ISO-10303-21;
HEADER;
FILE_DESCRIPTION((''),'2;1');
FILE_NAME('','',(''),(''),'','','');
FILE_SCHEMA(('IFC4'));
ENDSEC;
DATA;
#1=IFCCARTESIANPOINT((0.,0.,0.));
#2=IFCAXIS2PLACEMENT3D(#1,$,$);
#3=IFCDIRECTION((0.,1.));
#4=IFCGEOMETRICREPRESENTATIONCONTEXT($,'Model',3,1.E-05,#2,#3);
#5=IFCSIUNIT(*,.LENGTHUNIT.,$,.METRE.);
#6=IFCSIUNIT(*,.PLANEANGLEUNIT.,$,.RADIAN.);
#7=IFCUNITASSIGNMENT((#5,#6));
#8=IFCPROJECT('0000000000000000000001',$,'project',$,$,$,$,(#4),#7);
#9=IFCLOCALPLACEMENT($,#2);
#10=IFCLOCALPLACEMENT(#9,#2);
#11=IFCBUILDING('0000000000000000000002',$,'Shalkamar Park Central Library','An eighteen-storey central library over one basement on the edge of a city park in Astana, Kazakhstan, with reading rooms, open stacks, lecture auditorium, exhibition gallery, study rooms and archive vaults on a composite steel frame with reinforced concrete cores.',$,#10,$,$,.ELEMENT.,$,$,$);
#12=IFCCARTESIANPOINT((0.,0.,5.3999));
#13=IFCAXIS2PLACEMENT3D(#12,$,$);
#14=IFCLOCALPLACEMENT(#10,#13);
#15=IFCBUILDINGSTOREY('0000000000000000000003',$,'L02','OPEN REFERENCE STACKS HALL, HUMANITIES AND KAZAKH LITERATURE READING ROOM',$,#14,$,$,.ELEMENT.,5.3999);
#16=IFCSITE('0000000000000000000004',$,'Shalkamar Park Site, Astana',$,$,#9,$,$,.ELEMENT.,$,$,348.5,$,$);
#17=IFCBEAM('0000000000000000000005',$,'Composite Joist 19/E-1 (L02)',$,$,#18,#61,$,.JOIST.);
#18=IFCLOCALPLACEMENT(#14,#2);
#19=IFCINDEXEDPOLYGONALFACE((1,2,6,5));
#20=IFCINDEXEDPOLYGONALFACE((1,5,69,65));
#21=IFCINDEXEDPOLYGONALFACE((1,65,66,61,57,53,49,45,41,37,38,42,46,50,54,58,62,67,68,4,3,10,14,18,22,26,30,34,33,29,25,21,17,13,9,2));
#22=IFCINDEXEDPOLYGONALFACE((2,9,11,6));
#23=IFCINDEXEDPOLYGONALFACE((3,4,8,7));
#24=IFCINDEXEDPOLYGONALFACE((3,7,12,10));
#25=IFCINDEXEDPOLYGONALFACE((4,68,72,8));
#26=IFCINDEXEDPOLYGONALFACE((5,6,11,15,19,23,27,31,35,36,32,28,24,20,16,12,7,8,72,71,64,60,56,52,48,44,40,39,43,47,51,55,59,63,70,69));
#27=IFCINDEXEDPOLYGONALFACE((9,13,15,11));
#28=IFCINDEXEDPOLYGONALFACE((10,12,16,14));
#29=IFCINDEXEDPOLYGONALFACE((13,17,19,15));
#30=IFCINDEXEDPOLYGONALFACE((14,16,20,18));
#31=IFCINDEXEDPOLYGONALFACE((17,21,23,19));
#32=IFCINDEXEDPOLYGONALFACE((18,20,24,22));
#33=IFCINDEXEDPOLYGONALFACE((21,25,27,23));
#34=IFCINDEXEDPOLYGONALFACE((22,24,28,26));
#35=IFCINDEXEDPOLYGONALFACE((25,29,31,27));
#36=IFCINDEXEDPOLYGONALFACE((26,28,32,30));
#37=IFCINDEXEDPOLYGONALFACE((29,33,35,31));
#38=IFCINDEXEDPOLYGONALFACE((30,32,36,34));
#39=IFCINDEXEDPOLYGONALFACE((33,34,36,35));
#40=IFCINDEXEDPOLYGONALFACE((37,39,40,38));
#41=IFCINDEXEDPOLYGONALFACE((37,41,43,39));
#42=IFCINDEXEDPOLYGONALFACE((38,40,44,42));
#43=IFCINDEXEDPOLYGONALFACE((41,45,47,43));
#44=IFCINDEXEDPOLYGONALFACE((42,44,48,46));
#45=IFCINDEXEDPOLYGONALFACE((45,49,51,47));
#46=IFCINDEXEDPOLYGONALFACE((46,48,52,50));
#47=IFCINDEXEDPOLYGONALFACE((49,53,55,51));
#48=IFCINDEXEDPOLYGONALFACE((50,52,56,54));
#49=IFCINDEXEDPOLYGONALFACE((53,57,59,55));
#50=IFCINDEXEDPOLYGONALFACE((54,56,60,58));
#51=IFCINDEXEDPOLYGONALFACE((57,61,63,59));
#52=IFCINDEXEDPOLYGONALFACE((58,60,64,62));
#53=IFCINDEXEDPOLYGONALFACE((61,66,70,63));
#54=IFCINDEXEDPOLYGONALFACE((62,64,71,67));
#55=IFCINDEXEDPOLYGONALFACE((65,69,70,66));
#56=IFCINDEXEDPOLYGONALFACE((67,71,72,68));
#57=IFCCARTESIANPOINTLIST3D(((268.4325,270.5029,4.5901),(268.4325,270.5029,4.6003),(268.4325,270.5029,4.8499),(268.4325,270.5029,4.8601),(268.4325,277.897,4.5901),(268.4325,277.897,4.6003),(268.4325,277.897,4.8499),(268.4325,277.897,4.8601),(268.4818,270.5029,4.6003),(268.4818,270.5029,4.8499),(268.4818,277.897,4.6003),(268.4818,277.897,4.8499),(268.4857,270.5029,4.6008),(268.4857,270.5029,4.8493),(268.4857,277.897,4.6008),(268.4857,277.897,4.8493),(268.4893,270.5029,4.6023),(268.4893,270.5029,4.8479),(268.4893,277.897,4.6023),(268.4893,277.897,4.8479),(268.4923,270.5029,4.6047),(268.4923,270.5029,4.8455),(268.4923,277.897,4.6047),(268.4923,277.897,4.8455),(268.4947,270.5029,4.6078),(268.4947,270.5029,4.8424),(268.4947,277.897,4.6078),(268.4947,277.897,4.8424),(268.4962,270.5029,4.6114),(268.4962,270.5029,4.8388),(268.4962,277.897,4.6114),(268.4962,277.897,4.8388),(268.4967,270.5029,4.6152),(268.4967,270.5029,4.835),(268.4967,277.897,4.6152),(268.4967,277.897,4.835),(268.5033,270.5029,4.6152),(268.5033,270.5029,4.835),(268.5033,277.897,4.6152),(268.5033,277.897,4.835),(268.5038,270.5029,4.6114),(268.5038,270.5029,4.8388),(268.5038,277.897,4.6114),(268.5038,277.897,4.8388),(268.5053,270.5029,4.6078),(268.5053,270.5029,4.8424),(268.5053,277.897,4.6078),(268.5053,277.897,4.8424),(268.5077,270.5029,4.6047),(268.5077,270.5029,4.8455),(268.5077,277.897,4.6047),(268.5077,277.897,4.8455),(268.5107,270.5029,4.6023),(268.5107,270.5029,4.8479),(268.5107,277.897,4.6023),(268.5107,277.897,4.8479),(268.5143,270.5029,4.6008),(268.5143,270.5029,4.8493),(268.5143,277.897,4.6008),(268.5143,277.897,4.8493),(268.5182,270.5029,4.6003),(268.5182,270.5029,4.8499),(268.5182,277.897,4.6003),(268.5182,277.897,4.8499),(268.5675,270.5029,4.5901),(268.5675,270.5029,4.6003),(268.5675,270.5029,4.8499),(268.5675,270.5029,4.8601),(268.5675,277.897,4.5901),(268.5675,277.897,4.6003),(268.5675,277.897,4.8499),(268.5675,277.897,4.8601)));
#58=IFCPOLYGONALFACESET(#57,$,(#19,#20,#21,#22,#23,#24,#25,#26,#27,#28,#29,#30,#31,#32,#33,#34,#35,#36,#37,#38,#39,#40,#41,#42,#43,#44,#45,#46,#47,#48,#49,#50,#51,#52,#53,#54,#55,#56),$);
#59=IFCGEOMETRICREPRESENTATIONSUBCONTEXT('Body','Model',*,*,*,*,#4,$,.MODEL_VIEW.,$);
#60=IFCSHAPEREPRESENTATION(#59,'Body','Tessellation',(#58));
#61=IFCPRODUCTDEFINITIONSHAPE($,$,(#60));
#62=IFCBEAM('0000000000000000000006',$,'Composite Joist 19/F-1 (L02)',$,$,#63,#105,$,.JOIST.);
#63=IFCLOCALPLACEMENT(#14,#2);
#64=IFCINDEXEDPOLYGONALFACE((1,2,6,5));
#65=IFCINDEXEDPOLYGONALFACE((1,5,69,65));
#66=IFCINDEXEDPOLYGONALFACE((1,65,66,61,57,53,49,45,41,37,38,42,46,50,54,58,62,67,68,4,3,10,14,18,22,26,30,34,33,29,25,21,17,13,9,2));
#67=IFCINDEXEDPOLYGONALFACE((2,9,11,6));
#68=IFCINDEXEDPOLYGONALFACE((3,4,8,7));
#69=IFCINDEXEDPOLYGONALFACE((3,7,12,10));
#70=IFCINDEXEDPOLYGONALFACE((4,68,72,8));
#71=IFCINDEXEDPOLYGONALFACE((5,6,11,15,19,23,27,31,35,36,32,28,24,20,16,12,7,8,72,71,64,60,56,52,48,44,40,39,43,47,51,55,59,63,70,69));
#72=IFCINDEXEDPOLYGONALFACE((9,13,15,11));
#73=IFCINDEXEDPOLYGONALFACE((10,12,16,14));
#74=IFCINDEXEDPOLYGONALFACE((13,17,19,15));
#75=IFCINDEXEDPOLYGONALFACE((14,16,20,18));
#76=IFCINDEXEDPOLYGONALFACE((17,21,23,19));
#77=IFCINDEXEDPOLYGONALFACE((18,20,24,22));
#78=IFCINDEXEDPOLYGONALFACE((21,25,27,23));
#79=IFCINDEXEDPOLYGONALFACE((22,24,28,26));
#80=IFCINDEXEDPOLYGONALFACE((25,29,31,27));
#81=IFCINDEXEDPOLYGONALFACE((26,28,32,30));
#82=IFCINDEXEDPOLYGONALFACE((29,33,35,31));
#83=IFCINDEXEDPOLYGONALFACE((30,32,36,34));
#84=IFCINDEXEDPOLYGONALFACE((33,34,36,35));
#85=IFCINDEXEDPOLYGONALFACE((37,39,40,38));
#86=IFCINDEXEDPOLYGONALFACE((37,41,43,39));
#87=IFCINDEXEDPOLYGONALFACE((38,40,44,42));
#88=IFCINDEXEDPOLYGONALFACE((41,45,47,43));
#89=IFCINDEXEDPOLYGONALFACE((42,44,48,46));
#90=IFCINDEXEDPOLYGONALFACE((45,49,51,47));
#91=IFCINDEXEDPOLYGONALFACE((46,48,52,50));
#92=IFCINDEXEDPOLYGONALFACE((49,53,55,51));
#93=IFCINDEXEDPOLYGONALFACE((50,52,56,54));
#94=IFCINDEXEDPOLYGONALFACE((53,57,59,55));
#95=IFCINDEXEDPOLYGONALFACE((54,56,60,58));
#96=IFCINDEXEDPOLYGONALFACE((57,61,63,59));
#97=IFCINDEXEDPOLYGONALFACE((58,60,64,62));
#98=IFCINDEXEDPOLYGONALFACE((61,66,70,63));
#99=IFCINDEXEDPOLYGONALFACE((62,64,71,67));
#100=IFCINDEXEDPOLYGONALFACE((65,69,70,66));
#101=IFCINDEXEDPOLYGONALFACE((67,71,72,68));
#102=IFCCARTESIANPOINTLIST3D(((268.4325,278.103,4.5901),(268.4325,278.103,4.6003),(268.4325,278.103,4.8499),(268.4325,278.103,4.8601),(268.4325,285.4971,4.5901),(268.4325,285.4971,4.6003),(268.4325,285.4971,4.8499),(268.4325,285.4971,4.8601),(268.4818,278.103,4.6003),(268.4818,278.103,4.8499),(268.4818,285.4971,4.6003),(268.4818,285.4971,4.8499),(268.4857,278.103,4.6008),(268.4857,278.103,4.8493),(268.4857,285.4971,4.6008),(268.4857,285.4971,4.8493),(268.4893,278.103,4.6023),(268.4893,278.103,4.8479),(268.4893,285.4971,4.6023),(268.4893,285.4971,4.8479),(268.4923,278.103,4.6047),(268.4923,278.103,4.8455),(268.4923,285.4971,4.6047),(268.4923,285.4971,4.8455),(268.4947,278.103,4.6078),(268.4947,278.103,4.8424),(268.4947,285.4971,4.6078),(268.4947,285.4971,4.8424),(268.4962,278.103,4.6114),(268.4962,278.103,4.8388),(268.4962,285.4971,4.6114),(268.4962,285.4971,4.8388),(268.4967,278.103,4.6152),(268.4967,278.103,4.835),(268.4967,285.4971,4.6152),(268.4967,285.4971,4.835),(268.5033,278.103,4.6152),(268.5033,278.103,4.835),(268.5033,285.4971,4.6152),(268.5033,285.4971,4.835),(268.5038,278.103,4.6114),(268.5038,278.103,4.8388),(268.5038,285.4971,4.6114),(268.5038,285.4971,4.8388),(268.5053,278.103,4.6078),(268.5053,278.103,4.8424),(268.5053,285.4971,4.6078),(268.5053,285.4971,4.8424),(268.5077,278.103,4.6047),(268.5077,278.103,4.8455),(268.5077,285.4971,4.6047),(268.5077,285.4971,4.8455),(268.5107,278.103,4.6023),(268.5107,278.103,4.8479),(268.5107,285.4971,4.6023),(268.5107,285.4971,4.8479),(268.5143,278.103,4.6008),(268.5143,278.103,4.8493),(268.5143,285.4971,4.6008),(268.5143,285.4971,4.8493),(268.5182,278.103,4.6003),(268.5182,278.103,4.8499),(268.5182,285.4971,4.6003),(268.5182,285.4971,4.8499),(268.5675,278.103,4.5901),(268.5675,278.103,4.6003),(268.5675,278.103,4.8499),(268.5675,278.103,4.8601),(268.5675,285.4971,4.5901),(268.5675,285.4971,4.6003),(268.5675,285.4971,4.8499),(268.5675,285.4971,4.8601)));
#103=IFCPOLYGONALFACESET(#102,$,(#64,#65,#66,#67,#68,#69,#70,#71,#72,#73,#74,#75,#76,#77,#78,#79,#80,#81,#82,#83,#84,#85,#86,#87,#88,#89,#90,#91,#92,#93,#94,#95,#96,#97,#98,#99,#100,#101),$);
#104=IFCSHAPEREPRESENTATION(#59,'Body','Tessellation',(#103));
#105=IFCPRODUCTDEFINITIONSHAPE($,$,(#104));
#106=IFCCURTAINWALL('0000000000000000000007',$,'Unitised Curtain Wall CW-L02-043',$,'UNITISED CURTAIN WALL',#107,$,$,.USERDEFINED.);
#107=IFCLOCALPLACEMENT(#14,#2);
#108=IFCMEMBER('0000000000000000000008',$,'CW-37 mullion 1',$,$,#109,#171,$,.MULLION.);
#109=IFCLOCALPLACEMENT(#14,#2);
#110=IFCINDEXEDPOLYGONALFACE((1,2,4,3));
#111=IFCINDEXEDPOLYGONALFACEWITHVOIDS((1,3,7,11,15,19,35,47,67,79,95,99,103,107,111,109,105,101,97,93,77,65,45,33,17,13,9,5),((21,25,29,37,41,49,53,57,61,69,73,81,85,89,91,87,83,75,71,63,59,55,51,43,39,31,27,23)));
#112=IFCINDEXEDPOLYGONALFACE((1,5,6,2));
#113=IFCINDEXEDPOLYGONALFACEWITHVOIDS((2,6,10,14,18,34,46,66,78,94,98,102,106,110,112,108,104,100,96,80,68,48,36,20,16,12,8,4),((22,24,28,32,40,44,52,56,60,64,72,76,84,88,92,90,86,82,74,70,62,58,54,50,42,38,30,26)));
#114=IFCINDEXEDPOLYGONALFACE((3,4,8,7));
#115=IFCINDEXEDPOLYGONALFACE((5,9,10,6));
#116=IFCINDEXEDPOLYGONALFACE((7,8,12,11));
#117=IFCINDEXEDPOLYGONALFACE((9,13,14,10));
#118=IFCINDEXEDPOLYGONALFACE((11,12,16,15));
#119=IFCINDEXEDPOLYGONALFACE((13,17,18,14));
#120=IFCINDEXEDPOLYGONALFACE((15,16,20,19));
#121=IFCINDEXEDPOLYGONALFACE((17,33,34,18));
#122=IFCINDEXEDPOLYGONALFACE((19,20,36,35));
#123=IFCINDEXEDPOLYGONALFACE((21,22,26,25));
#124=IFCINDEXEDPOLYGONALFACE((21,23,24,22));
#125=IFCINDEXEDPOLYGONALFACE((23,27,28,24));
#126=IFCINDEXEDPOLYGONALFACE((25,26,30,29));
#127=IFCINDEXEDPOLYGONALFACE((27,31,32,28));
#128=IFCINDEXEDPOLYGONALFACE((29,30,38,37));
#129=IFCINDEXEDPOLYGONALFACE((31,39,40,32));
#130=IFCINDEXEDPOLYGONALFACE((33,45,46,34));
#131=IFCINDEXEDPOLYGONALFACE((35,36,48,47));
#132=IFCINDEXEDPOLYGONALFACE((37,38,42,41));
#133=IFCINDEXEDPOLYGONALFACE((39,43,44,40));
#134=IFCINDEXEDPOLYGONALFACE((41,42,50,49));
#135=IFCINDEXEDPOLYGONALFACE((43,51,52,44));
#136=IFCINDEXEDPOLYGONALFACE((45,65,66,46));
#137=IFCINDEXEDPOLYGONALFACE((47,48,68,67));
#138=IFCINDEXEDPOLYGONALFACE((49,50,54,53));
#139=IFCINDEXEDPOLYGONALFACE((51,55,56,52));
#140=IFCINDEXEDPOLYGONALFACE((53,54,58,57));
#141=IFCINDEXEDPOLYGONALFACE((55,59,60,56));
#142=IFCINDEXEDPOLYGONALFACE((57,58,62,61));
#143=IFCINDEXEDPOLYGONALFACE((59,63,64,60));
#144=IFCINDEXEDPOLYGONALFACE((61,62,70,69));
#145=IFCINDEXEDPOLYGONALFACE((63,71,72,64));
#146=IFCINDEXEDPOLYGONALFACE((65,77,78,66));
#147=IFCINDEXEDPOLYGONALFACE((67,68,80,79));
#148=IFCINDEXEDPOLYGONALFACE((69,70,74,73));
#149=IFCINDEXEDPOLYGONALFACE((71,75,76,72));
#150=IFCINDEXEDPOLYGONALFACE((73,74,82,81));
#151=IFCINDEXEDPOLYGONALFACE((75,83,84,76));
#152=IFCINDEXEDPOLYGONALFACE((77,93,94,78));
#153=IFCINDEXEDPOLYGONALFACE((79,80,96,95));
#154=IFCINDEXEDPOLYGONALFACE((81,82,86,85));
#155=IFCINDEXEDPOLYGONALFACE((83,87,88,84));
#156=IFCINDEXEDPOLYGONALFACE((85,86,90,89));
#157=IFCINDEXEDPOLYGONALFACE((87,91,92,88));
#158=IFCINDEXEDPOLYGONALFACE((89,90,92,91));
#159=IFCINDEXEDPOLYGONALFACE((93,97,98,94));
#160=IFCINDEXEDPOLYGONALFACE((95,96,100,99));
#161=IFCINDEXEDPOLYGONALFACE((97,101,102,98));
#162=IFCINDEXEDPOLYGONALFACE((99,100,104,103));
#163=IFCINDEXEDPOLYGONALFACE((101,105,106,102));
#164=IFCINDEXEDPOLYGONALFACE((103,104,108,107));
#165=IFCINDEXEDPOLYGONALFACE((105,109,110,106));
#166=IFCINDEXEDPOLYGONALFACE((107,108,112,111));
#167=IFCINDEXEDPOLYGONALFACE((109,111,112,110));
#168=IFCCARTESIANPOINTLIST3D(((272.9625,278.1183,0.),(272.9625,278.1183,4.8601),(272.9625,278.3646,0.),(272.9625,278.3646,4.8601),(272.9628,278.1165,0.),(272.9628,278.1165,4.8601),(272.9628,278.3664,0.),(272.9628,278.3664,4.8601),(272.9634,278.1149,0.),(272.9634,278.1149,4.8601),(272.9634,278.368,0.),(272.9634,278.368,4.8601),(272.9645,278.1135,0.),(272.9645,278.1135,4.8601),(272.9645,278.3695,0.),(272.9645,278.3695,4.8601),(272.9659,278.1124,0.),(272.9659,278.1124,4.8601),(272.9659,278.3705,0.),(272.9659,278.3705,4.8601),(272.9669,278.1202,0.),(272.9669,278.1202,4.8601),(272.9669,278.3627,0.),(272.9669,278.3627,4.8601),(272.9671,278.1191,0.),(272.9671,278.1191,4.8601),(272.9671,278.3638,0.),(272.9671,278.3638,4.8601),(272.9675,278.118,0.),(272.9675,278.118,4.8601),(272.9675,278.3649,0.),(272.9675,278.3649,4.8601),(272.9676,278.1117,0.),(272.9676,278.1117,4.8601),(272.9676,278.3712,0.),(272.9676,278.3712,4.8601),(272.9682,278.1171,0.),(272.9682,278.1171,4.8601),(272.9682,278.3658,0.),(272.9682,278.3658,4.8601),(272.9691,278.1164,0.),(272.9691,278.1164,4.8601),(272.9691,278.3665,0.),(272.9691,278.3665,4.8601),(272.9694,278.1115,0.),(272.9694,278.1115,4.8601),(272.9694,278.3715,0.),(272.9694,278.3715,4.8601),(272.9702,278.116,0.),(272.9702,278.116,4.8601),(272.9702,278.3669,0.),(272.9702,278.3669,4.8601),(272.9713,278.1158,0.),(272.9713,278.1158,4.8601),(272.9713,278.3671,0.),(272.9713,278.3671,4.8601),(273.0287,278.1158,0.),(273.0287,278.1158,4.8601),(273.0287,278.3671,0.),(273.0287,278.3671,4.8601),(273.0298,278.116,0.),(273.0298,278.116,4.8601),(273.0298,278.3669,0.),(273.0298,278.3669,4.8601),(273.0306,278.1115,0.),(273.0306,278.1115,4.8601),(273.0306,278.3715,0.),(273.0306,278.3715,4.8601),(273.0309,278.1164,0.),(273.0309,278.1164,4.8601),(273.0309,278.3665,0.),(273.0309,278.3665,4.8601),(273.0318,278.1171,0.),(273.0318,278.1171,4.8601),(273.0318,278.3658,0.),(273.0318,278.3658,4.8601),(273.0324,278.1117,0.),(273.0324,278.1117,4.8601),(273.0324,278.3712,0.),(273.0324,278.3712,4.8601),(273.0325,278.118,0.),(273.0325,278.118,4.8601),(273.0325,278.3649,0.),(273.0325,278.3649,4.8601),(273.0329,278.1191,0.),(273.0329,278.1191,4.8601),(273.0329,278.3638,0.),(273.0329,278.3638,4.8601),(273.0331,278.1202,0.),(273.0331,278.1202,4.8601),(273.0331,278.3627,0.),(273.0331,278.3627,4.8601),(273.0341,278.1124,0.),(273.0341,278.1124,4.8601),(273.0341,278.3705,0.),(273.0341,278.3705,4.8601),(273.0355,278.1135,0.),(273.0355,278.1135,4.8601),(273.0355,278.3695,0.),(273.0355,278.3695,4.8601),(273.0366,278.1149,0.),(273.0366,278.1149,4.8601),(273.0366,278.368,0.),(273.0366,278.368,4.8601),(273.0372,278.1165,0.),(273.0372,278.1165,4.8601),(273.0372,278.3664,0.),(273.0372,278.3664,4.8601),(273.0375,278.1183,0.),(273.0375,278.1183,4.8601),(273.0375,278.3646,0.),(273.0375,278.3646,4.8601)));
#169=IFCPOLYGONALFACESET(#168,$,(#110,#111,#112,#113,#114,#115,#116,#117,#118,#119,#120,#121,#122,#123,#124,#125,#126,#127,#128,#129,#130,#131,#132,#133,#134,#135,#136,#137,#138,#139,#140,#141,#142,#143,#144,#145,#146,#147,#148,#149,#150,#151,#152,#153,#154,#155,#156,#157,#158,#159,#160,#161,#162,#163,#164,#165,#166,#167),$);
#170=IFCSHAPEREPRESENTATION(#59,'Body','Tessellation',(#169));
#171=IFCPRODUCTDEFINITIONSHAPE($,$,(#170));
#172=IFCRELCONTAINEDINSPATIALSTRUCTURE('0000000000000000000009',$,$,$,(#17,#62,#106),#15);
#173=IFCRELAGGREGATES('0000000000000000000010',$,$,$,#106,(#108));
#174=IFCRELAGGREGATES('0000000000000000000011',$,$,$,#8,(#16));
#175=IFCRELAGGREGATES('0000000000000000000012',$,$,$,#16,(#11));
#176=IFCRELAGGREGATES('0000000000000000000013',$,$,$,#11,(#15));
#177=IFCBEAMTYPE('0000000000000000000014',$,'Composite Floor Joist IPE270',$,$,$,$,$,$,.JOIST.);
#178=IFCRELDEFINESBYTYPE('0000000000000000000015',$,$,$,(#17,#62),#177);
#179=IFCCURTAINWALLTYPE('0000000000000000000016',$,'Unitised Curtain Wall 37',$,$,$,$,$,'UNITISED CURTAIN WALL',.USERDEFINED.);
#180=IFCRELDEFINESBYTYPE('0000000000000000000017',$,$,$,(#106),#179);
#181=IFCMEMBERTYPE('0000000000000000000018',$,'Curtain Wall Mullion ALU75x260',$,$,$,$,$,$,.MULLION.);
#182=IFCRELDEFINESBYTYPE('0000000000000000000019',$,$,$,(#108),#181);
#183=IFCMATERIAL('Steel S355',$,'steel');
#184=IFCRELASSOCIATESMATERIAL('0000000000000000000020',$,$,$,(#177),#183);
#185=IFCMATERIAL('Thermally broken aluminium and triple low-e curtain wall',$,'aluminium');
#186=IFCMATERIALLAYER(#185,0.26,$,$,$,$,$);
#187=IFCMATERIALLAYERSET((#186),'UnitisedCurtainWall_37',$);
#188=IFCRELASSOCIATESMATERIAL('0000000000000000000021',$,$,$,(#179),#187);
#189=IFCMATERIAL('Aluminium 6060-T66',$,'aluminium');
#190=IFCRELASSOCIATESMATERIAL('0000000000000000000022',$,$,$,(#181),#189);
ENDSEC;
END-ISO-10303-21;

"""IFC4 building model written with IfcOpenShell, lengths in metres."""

from ifc_helpers import new_model, si_unit, direction, frame, origin, origin_2d, place, context, subcontext, project, spatial, hollow_rectangle, i_section, extrude, material, layer, layer_set, material_profile, profile_set, type_object, element, aggregate, save


model = new_model("IFC4")

# Units and contexts
model_context = context("Model", 3, precision=1e-05, world=origin(), true_north=direction((0.0, 1.0)))
body_context = subcontext(model_context, "Body", "Model", "MODEL_VIEW")
ifc_project = project(units=[si_unit("LENGTHUNIT", "METRE"), si_unit("PLANEANGLEUNIT", "RADIAN")], contexts=[model_context])

# Site, building, storey
site_placement = place(None, origin())
site = spatial("IfcSite", under=ifc_project, at=site_placement, Name="Shalkamar Park Site, Astana", CompositionType="ELEMENT", RefElevation=348.5)
building_placement = place(site_placement, origin())
building = spatial("IfcBuilding", under=site, at=building_placement, Name="Shalkamar Park Central Library", Description="An eighteen-storey central library over one basement on the edge of a city park in Astana, Kazakhstan, with reading rooms, open stacks, lecture auditorium, exhibition gallery, study rooms and archive vaults on a composite steel frame with reinforced concrete cores.", CompositionType="ELEMENT")
storey_placement = place(building_placement, frame((0.0, 0.0, 5.3999)))
storey = spatial("IfcBuildingStorey", under=building, at=storey_placement, Name="L02", Description="OPEN REFERENCE STACKS HALL, HUMANITIES AND KAZAKH LITERATURE READING ROOM", CompositionType="ELEMENT", Elevation=5.3999)

# Shared definitions
ifc_material_1 = material(Name="Steel S355", Category="steel")

# Beams
ifc_material_profile_1 = material_profile(ifc_material_1, i_section(OverallWidth=0.135, OverallDepth=0.27, WebThickness=0.0066, FlangeThickness=0.0103, FilletRadius=0.0149, at=origin_2d()), Name="IPE 270")
ifc_profile_set_1 = profile_set([ifc_material_profile_1], Name="Steel S355")
beam_type_1 = type_object("IfcBeamType", Name="Composite Floor Joist IPE270", PredefinedType="JOIST", material=ifc_profile_set_1)
for number, where, z_axis, x_axis, name in (
    (1, (268.5, 270.5029, 4.7251), (0.0, 1.0, 0.0), (-1.0, 0.0, 0.0), "Composite Joist 19/E-1 (L02)"),
    (2, (268.5, 278.103, 4.7251), (0.0, 1.0, 0.0), (-1.0, 0.0, 0.0), "Composite Joist 19/F-1 (L02)"),
):
    element("IfcBeam", number, at=place(storey_placement, frame(where, z_axis=z_axis, x_axis=x_axis)), inside=storey, type_object=beam_type_1, Name=name, PredefinedType="JOIST", context=body_context, shape_type="SweptSolid", body=[
        extrude(i_section(OverallWidth=0.135, OverallDepth=0.27, WebThickness=0.0066, FlangeThickness=0.0103, FilletRadius=0.0149, at=origin_2d()), origin(), (0.0, 0.0, 1.0), 7.394),
    ])

# Curtain wall, member
ifc_material_2 = material(Name="Thermally broken aluminium and triple low-e curtain wall", Category="aluminium")
ifc_layer_1 = layer(ifc_material_2, 0.26)
ifc_layer_set_1 = layer_set([ifc_layer_1], Name="UnitisedCurtainWall_37")
curtain_wall_type = type_object("IfcCurtainWallType", Name="Unitised Curtain Wall 37", ElementType="UNITISED CURTAIN WALL", PredefinedType="USERDEFINED", material=ifc_layer_set_1)
curtain_wall_placement = place(storey_placement, origin())
curtain_wall = element("IfcCurtainWall", 3, at=curtain_wall_placement, inside=storey, type_object=curtain_wall_type, Name="Unitised Curtain Wall CW-L02-043", ObjectType="UNITISED CURTAIN WALL", PredefinedType="USERDEFINED")
ifc_material_3 = material(Name="Aluminium 6060-T66", Category="aluminium")
ifc_material_profile_2 = material_profile(ifc_material_3, hollow_rectangle(XDim=0.075, YDim=0.26, WallThickness=0.0044, InnerFilletRadius=0.0044, OuterFilletRadius=0.0068, at=origin_2d()), Name="ALU 75x260x4.5")
ifc_profile_set_2 = profile_set([ifc_material_profile_2], Name="Aluminium 6060-T66")
member_type_1 = type_object("IfcMemberType", Name="Curtain Wall Mullion ALU75x260", PredefinedType="MULLION", material=ifc_profile_set_2)
member_1_placement = place(storey_placement, frame((273.0, 278.2415, 0.0), z_axis=(0.0, 0.0, 1.0), x_axis=(-1.0, 0.0, 0.0)))
member_1 = element("IfcMember", 4, at=member_1_placement, type_object=member_type_1, Name="CW-37 mullion 1", PredefinedType="MULLION", context=body_context, shape_type="SweptSolid", body=[
    extrude(hollow_rectangle(XDim=0.075, YDim=0.26, WallThickness=0.0044, InnerFilletRadius=0.0044, OuterFilletRadius=0.0068, at=origin_2d()), origin(), (0.0, 0.0, 1.0), 4.8601),
])

aggregate(curtain_wall, [member_1])

save(model, "model.ifc")
